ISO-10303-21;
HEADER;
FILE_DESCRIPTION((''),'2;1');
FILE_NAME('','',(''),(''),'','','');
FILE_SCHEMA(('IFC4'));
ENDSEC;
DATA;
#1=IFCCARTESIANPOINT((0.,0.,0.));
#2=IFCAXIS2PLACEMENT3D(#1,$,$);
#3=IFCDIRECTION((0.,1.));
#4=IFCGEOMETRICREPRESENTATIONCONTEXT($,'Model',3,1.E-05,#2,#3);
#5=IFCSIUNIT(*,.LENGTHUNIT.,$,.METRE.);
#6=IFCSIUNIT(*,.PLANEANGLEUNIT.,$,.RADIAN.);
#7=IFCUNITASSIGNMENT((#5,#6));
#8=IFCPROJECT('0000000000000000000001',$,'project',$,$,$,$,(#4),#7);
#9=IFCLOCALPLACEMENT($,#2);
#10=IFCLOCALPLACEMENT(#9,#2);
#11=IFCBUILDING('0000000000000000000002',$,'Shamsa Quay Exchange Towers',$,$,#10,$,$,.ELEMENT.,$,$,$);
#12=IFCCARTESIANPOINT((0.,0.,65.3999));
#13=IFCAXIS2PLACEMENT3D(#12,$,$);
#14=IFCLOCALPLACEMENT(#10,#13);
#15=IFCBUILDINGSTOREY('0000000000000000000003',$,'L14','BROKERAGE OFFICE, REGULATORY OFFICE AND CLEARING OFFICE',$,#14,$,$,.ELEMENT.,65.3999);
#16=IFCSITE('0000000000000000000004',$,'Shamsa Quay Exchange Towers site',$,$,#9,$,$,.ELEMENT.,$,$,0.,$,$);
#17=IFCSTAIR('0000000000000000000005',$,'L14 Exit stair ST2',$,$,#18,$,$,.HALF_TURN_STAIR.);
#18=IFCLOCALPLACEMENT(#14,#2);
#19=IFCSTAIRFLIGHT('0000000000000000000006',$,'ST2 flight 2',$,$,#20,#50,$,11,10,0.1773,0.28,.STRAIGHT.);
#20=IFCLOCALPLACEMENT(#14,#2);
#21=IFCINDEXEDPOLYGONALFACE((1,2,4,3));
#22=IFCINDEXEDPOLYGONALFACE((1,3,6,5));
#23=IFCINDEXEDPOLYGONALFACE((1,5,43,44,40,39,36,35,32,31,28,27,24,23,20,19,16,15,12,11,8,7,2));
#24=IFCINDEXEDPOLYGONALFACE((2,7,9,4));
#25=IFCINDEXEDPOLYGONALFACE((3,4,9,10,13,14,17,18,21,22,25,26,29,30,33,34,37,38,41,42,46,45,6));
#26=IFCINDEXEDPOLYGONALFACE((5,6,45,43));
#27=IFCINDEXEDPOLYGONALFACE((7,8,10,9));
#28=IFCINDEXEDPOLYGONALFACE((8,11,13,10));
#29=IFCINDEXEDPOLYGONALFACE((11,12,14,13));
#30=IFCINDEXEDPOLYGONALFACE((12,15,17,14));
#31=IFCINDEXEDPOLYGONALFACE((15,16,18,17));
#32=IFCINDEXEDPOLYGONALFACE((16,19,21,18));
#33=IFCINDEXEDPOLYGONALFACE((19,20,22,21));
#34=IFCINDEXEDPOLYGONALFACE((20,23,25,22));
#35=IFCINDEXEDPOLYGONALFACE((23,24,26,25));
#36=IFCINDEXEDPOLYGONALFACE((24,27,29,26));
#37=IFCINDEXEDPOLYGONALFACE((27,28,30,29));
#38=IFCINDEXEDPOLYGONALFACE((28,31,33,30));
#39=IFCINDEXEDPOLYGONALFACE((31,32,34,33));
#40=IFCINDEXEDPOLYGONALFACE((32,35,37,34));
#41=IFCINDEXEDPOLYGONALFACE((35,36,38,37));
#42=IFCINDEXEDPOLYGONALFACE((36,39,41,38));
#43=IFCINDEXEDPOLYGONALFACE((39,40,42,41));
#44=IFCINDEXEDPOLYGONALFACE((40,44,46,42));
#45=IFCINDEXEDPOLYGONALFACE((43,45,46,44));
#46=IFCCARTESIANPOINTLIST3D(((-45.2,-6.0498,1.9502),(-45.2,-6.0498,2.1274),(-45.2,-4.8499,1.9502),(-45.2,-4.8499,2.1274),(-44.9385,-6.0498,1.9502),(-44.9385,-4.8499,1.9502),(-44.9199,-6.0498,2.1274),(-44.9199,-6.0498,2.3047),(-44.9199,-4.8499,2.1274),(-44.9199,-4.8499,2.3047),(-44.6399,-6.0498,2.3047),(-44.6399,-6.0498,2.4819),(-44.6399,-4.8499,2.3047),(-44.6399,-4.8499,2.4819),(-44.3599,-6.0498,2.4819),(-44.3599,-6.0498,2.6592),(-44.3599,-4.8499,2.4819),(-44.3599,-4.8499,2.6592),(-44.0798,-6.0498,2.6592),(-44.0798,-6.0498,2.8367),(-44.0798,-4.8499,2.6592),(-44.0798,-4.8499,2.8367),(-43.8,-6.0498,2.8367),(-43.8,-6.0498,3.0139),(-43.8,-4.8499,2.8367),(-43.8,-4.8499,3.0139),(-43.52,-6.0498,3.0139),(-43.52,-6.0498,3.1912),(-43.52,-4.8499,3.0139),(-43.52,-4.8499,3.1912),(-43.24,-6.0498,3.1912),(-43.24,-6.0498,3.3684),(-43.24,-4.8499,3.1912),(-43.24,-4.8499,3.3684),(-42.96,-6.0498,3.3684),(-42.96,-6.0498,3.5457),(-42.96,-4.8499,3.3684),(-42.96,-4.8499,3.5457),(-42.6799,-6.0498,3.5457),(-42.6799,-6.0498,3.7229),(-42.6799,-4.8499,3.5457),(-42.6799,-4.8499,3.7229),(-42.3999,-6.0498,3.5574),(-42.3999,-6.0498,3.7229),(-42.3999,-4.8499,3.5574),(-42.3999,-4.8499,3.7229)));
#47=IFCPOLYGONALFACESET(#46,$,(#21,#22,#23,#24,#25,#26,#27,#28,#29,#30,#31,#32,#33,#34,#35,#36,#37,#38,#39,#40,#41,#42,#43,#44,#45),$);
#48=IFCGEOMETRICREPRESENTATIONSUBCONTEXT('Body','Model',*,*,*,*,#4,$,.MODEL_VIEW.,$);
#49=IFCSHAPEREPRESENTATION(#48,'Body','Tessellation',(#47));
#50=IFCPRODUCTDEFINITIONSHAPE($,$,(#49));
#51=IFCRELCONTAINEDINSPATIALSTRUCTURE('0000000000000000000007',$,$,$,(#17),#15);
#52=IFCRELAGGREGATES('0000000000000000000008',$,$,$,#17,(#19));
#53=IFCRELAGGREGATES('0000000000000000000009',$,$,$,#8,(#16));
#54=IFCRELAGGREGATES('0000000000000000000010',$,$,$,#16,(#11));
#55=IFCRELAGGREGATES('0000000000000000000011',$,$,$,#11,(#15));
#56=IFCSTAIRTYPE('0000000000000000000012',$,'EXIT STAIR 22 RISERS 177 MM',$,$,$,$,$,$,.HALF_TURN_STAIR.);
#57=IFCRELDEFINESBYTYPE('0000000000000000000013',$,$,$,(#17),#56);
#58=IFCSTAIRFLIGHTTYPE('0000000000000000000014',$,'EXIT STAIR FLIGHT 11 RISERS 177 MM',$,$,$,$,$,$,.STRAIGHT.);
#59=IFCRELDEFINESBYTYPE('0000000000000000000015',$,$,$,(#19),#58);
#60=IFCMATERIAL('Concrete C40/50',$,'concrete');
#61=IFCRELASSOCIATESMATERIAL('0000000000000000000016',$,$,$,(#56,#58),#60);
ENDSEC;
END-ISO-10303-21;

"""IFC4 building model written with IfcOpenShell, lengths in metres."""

from ifc_helpers import new_model, si_unit, direction, frame, origin, place, context, subcontext, project, spatial, polyline, outline, extrude, material, type_object, element, aggregate, save


model = new_model("IFC4")

# Units and contexts
model_context = context("Model", 3, precision=1e-05, world=origin(), true_north=direction((0.0, 1.0)))
body_context = subcontext(model_context, "Body", "Model", "MODEL_VIEW")
ifc_project = project(units=[si_unit("LENGTHUNIT", "METRE"), si_unit("PLANEANGLEUNIT", "RADIAN")], contexts=[model_context])

# Site, building, storey
site_placement = place(None, origin())
site = spatial("IfcSite", under=ifc_project, at=site_placement, Name="Shamsa Quay Exchange Towers site", CompositionType="ELEMENT", RefElevation=0.0)
building_placement = place(site_placement, origin())
building = spatial("IfcBuilding", under=site, at=building_placement, Name="Shamsa Quay Exchange Towers", CompositionType="ELEMENT")
storey_placement = place(building_placement, frame((0.0, 0.0, 65.3999)))
storey = spatial("IfcBuildingStorey", under=building, at=storey_placement, Name="L14", Description="BROKERAGE OFFICE, REGULATORY OFFICE AND CLEARING OFFICE", CompositionType="ELEMENT", Elevation=65.3999)

# Stair, stair flight
ifc_material_1 = material(Name="Concrete C40/50", Category="concrete")
stair_type = type_object("IfcStairType", Name="EXIT STAIR 22 RISERS 177 MM", PredefinedType="HALF_TURN_STAIR", material=ifc_material_1)
stair_placement = place(storey_placement, origin())
stair = element("IfcStair", 1, at=stair_placement, inside=storey, type_object=stair_type, Name="L14 Exit stair ST2", PredefinedType="HALF_TURN_STAIR")
stair_flight_type = type_object("IfcStairFlightType", Name="EXIT STAIR FLIGHT 11 RISERS 177 MM", PredefinedType="STRAIGHT", material=ifc_material_1)
stair_flight_placement = place(storey_placement, frame((-45.2, -5.45, 1.9502)))
stair_flight = element("IfcStairFlight", 2, at=stair_flight_placement, type_object=stair_flight_type, Name="ST2 flight 2", NumberOfRisers=11, NumberOfTreads=10, PredefinedType="STRAIGHT", RiserHeight=0.1773, TreadLength=0.28, context=body_context, shape_type="SweptSolid", body=[
    extrude(outline(polyline([(0.0, 0.0), (0.0, 0.1772), (0.28, 0.1772), (0.28, 0.3545), (0.5601, 0.3545), (0.5601, 0.5317), (0.8401, 0.5317), (0.8401, 0.709), (1.1201, 0.709), (1.1201, 0.8865), (1.3999, 0.8865), (1.3999, 1.0637), (1.6799, 1.0637), (1.6799, 1.241), (1.96, 1.241), (1.96, 1.4182), (2.24, 1.4182), (2.24, 1.5955), (2.52, 1.5955), (2.52, 1.7727), (2.8, 1.7727), (2.8, 1.95), (2.8, 1.6072), (0.2615, 0.0), (0.0, 0.0)])), frame((0.0, 0.6001, 0.0), z_axis=(0.0, -1.0, 0.0), x_axis=(1.0, 0.0, 0.0)), (0.0, 0.0, 1.0), 1.2),
])
aggregate(stair, [stair_flight])

save(model, "model.ifc")
